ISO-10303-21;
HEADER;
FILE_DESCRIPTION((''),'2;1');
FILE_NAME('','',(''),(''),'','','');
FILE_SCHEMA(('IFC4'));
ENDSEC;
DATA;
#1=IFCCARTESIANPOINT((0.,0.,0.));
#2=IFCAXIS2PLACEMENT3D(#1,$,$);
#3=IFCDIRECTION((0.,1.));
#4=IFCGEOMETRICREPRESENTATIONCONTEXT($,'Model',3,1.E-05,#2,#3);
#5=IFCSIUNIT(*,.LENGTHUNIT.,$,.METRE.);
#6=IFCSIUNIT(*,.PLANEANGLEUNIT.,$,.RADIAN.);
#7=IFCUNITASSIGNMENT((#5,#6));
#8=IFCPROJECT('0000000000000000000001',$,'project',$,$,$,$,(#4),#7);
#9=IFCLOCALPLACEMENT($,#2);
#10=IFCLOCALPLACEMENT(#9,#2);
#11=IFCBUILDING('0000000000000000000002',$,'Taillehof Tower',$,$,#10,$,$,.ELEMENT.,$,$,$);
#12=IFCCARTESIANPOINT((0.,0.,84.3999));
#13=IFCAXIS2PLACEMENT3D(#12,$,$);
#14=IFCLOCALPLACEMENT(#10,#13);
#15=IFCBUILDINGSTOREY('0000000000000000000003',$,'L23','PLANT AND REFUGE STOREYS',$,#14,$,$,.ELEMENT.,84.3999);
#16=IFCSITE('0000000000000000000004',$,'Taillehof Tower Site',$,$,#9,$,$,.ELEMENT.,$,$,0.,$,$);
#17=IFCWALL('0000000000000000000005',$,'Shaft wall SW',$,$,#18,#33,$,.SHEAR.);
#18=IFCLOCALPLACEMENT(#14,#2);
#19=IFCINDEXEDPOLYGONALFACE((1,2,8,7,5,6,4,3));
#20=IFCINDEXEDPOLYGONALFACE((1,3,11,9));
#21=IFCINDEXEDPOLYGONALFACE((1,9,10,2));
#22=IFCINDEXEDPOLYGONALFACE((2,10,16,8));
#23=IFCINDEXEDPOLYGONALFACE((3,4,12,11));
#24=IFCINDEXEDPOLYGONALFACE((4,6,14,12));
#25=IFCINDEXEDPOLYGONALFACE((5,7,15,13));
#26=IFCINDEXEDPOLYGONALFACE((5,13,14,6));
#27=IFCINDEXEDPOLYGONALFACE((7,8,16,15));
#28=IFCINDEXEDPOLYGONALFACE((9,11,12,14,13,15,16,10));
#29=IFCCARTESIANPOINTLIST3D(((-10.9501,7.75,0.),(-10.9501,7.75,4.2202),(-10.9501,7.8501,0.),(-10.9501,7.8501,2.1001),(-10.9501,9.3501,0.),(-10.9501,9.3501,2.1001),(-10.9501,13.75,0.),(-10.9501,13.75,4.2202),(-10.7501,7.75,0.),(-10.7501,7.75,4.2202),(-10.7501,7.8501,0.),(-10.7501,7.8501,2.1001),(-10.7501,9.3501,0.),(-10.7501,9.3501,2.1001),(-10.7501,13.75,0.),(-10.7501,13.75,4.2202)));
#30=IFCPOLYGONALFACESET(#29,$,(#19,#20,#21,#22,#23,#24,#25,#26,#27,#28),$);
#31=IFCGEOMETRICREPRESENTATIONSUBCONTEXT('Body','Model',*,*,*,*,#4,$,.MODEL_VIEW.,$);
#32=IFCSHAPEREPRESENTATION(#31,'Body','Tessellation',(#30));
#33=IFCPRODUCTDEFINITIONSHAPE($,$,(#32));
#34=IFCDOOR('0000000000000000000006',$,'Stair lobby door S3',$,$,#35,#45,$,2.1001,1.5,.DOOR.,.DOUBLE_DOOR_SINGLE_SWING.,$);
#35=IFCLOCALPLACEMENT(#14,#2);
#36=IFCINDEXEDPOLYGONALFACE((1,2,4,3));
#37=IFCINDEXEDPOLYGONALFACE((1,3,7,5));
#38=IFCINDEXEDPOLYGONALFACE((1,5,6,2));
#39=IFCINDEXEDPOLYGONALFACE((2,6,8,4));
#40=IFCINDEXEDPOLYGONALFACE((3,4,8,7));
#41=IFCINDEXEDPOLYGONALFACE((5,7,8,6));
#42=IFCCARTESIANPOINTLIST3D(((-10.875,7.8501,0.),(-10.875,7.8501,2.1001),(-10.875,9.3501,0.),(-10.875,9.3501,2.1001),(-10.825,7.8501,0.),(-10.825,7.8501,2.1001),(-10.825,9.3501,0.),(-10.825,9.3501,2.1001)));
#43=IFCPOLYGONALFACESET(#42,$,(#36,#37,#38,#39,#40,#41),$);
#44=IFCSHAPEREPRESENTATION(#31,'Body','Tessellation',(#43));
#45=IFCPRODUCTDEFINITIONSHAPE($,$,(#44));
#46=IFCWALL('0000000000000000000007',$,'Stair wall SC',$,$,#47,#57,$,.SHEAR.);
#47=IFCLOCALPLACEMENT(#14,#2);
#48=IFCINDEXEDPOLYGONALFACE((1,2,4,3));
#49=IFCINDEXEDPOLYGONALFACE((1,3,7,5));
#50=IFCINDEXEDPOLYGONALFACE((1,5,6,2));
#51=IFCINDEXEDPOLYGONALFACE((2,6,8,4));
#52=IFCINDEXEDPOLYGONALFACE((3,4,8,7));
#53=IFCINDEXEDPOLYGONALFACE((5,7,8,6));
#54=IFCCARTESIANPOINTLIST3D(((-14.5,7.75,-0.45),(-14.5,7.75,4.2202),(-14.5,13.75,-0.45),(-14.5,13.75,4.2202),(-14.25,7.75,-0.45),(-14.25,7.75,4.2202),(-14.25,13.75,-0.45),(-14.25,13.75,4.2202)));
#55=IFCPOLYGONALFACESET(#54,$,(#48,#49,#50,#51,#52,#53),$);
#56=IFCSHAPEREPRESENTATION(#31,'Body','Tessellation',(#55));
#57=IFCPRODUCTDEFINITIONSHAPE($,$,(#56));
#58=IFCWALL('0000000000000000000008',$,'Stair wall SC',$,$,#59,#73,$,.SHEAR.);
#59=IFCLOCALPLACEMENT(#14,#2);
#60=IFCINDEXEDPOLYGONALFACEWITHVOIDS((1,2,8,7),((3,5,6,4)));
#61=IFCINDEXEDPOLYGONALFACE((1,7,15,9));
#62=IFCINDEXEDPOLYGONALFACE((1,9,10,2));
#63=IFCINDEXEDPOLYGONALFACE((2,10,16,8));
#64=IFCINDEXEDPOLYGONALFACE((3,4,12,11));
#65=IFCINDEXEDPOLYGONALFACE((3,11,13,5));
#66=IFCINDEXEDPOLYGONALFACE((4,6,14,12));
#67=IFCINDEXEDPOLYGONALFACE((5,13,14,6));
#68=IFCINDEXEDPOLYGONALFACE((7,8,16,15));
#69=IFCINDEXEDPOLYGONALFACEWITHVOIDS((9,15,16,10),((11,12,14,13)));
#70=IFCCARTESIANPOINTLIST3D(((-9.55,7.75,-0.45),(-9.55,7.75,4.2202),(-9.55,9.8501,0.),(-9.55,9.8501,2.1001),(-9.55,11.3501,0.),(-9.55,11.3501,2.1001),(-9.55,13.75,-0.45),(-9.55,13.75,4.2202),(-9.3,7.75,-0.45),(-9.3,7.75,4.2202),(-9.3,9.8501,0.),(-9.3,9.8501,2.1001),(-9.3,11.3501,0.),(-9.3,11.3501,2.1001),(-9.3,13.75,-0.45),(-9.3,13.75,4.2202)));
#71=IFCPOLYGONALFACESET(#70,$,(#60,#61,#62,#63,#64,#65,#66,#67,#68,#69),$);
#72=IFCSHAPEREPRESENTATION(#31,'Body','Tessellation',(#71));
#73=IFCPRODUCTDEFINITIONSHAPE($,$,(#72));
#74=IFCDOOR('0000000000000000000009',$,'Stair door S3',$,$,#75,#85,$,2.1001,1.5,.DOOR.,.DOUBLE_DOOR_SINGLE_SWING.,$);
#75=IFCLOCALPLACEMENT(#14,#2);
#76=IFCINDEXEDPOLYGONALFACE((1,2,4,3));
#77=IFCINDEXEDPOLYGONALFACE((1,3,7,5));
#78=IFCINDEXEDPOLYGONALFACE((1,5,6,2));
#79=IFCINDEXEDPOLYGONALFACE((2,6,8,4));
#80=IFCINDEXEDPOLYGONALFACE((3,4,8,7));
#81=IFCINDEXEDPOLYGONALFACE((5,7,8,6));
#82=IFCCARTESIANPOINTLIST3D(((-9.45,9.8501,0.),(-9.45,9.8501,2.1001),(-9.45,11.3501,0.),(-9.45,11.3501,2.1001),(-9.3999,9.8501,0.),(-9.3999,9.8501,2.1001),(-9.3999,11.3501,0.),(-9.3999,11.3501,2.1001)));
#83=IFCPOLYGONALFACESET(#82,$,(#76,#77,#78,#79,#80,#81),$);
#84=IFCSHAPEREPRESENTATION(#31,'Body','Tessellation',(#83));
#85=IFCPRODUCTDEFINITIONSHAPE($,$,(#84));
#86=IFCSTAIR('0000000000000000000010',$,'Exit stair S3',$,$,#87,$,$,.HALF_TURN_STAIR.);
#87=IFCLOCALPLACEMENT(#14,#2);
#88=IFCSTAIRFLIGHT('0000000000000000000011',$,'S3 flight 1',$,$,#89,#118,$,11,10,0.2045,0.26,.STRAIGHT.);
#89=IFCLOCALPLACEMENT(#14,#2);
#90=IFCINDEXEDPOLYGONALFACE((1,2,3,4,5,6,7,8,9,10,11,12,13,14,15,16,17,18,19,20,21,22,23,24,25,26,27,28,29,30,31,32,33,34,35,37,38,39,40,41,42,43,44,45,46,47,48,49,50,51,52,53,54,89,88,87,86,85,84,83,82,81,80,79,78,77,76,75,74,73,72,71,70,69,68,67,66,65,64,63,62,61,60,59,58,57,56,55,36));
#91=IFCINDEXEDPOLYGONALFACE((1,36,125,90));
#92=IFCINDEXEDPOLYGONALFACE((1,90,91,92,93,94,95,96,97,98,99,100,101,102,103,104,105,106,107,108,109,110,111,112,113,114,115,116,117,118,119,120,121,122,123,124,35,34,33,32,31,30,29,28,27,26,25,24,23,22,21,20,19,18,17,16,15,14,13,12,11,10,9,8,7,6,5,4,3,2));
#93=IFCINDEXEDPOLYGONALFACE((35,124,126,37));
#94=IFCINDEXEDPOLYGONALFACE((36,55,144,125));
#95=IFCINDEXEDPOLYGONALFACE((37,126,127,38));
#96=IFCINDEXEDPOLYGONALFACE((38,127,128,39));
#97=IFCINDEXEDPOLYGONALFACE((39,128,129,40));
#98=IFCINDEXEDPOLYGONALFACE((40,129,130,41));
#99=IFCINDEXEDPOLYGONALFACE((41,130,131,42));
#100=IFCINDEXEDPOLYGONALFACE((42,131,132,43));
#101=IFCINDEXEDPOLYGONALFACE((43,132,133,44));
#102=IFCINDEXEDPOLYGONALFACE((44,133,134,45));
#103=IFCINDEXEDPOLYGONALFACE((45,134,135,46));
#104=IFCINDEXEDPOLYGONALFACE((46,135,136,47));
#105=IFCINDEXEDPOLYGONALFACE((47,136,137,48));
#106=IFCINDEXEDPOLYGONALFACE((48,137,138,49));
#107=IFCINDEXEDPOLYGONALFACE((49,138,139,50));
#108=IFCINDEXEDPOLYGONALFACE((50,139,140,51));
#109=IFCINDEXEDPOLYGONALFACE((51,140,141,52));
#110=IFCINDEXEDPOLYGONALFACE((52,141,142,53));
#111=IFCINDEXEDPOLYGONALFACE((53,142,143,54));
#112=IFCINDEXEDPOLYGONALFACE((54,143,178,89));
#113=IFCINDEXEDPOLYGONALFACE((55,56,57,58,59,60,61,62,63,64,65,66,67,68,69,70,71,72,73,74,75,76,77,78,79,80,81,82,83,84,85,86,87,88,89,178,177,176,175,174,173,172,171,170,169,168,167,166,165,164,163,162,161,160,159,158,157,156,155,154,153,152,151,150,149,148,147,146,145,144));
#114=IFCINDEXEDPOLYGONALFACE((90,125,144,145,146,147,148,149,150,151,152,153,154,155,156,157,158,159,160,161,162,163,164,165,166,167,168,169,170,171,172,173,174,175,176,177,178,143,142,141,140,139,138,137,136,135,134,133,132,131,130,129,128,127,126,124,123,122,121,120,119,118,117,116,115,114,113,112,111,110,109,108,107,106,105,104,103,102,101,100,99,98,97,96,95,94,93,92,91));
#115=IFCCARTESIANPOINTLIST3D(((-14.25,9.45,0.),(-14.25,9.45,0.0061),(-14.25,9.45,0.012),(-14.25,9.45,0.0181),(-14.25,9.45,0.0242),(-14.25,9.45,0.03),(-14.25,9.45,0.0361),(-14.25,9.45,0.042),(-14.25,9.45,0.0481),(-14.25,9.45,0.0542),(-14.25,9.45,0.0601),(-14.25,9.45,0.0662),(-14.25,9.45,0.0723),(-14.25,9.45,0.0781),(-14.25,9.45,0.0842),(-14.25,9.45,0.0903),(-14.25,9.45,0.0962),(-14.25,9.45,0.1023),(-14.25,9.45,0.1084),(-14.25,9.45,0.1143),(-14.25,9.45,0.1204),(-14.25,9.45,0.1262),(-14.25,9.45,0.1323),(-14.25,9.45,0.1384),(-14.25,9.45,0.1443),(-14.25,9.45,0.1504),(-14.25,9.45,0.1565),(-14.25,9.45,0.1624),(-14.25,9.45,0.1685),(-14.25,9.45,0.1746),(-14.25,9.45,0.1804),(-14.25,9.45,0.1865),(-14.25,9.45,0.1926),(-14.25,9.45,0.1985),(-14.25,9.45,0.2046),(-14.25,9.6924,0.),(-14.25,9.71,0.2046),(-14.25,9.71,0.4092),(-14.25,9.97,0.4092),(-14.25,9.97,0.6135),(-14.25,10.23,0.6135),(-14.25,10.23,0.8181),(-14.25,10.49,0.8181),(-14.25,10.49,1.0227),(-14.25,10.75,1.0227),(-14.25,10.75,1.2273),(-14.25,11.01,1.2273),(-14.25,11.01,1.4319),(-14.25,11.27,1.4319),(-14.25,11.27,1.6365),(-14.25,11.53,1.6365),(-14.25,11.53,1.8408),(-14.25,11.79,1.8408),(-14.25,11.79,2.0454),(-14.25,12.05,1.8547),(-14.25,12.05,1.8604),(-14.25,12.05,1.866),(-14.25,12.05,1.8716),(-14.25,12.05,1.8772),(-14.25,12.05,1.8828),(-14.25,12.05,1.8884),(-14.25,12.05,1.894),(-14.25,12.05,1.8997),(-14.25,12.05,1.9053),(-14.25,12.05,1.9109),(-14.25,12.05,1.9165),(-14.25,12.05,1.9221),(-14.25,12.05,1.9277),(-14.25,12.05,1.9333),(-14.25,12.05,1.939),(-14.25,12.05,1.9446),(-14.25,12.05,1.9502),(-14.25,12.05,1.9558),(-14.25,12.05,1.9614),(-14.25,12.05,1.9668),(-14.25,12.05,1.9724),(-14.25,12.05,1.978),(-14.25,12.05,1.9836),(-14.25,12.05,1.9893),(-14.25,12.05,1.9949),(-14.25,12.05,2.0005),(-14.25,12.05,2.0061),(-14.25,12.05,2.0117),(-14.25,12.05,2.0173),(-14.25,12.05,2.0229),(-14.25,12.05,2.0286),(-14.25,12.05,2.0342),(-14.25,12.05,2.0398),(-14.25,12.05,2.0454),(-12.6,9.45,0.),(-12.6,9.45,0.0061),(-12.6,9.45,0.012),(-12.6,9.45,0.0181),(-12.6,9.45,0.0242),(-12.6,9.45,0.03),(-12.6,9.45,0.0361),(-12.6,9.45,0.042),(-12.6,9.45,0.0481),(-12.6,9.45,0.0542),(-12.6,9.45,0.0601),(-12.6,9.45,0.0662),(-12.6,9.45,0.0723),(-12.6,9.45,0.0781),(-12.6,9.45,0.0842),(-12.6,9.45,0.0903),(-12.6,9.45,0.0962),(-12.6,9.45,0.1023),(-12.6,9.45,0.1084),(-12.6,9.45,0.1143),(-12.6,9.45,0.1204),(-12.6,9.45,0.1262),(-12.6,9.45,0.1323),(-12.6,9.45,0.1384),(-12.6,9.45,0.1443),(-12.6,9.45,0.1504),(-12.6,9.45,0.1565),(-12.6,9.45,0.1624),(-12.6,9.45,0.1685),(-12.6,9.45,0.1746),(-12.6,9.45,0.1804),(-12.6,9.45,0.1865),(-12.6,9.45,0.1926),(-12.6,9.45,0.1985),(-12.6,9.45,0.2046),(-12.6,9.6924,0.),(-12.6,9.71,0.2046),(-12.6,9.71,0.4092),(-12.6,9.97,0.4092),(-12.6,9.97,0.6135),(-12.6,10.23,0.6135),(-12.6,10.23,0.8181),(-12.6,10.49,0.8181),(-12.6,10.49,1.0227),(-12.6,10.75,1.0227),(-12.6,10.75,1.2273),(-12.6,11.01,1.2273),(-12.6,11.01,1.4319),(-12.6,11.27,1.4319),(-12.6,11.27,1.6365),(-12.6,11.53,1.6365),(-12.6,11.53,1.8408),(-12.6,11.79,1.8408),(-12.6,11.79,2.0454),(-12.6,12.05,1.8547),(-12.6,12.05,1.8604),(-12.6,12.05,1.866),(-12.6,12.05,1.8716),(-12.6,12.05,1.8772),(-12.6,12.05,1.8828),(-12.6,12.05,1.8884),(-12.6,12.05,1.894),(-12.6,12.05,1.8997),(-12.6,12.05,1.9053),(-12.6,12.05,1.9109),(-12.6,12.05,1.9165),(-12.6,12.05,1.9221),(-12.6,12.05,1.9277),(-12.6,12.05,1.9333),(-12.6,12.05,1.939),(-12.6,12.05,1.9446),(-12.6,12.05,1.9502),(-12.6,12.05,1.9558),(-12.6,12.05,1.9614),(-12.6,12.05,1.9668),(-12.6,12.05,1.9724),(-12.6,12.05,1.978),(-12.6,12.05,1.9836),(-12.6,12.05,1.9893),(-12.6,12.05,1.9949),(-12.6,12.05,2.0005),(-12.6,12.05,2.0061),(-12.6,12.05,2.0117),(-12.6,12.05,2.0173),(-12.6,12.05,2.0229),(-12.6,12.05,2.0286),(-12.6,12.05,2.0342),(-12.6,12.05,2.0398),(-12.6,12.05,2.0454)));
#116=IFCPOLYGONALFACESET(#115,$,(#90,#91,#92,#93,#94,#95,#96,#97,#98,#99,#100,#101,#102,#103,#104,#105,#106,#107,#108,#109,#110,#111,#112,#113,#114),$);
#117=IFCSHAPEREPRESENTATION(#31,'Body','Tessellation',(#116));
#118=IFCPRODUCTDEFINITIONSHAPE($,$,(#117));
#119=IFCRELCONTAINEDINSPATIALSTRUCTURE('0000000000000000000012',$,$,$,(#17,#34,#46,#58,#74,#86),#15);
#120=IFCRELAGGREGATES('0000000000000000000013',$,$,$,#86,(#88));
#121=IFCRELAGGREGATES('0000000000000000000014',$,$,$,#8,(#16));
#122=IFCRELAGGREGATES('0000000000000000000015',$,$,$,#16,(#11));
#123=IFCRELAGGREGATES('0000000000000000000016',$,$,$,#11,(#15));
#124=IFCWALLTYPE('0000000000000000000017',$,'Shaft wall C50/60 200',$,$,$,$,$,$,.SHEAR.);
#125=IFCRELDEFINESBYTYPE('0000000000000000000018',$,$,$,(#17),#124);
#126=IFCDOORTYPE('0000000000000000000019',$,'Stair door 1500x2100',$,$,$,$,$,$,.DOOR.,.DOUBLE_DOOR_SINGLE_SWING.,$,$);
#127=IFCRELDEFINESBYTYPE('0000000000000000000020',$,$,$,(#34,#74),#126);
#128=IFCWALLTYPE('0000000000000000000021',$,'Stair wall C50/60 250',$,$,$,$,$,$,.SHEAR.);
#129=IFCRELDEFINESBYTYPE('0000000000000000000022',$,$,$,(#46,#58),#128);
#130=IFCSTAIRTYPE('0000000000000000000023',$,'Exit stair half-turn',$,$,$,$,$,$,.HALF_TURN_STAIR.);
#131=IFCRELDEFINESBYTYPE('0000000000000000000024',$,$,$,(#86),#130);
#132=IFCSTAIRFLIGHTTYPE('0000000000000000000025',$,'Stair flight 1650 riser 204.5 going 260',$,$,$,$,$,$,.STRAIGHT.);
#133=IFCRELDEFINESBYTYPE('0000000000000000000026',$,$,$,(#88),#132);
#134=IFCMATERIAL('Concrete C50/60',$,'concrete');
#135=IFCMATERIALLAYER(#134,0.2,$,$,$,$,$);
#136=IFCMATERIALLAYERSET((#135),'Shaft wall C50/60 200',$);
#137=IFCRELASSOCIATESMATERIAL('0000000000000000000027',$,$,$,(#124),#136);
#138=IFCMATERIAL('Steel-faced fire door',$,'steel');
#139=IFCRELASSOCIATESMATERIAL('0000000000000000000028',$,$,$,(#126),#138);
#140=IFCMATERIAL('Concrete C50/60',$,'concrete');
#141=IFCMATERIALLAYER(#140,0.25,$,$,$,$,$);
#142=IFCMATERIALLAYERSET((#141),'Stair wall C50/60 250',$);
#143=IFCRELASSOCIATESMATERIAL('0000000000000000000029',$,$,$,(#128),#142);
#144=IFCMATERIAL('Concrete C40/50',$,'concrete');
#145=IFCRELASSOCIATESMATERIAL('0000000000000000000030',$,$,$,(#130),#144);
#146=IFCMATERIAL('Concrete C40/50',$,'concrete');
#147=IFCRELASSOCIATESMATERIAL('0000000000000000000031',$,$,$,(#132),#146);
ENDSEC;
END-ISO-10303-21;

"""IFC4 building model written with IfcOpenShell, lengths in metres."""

from ifc_helpers import new_model, si_unit, direction, frame, frame_2d, origin, place, context, subcontext, project, spatial, polyline, rectangle, outline, extrude, material, layer, layer_set, type_object, element, fill, aggregate, save


model = new_model("IFC4")

# Units and contexts
model_context = context("Model", 3, precision=1e-05, world=origin(), true_north=direction((0.0, 1.0)))
body_context = subcontext(model_context, "Body", "Model", "MODEL_VIEW")
ifc_project = project(units=[si_unit("LENGTHUNIT", "METRE"), si_unit("PLANEANGLEUNIT", "RADIAN")], contexts=[model_context])

# Site, building, storey
site_placement = place(None, origin())
site = spatial("IfcSite", under=ifc_project, at=site_placement, Name="Taillehof Tower Site", CompositionType="ELEMENT", RefElevation=0.0)
building_placement = place(site_placement, origin())
building = spatial("IfcBuilding", under=site, at=building_placement, Name="Taillehof Tower", CompositionType="ELEMENT")
storey_placement = place(building_placement, frame((0.0, 0.0, 84.3999)))
storey = spatial("IfcBuildingStorey", under=building, at=storey_placement, Name="L23", Description="PLANT AND REFUGE STOREYS", CompositionType="ELEMENT", Elevation=84.3999)

# Wall, opening, door
ifc_material_1 = material(Name="Concrete C50/60", Category="concrete")
ifc_layer_1 = layer(ifc_material_1, 0.2)
ifc_layer_set_1 = layer_set([ifc_layer_1], Name="Shaft wall C50/60 200")
wall_type_1 = type_object("IfcWallType", Name="Shaft wall C50/60 200", PredefinedType="SHEAR", material=ifc_layer_set_1)
wall_1_placement = place(storey_placement, frame((-10.8501, 7.75, 0.0), z_axis=(0.0, 0.0, 1.0), x_axis=(0.0, 1.0, 0.0)))
wall_1 = element("IfcWall", 1, at=wall_1_placement, inside=storey, type_object=wall_type_1, Name="Shaft wall SW", PredefinedType="SHEAR", context=body_context, shape_type="SweptSolid", body=[
    extrude(rectangle(XDim=6.0, YDim=0.2, at=frame_2d((3.0, 0.0))), origin(), (0.0, 0.0, 1.0), 4.2202),
])
opening_1_placement = place(wall_1_placement, frame((0.1001, 0.0, 0.0)))
opening_1 = element("IfcOpeningElement", 2, at=opening_1_placement, cuts=wall_1, PredefinedType="OPENING", context=body_context, shape_type="SweptSolid", body=[
    extrude(rectangle(XDim=1.5, YDim=2.1001, at=frame_2d((0.75, 1.05))), frame((0.0, 0.1099, 0.0), z_axis=(0.0, -1.0, 0.0), x_axis=(1.0, 0.0, 0.0)), (0.0, 0.0, 1.0), 0.22),
])
ifc_material_2 = material(Name="Steel-faced fire door", Category="steel")
door_type_1 = type_object("IfcDoorType", Name="Stair door 1500x2100", OperationType="DOUBLE_DOOR_SINGLE_SWING", PredefinedType="DOOR", material=ifc_material_2)
door_1_placement = place(opening_1_placement, origin())
door_1 = element("IfcDoor", 3, at=door_1_placement, inside=storey, type_object=door_type_1, Name="Stair lobby door S3", OperationType="DOUBLE_DOOR_SINGLE_SWING", OverallHeight=2.1001, OverallWidth=1.5, PredefinedType="DOOR", context=body_context, shape_type="SweptSolid", body=[
    extrude(rectangle(XDim=1.5, YDim=2.1001, at=frame_2d((0.75, 1.05))), frame((0.0, 0.0249, 0.0), z_axis=(0.0, -1.0, 0.0), x_axis=(1.0, 0.0, 0.0)), (0.0, 0.0, 1.0), 0.05),
])
fill(opening_1, door_1)

# Wall
ifc_material_3 = material(Name="Concrete C50/60", Category="concrete")
ifc_layer_2 = layer(ifc_material_3, 0.25)
ifc_layer_set_2 = layer_set([ifc_layer_2], Name="Stair wall C50/60 250")
wall_type_2 = type_object("IfcWallType", Name="Stair wall C50/60 250", PredefinedType="SHEAR", material=ifc_layer_set_2)
wall_2_placement = place(storey_placement, frame((-14.375, 7.75, -0.45), z_axis=(0.0, 0.0, 1.0), x_axis=(0.0, 1.0, 0.0)))
element("IfcWall", 4, at=wall_2_placement, inside=storey, type_object=wall_type_2, Name="Stair wall SC", PredefinedType="SHEAR", context=body_context, shape_type="SweptSolid", body=[
    extrude(rectangle(XDim=6.0, YDim=0.25, at=frame_2d((3.0, 0.0))), origin(), (0.0, 0.0, 1.0), 4.6702),
])

# Wall, opening, door
wall_3_placement = place(storey_placement, frame((-9.425, 7.75, -0.45), z_axis=(0.0, 0.0, 1.0), x_axis=(0.0, 1.0, 0.0)))
wall_3 = element("IfcWall", 5, at=wall_3_placement, inside=storey, type_object=wall_type_2, Name="Stair wall SC", PredefinedType="SHEAR", context=body_context, shape_type="SweptSolid", body=[
    extrude(rectangle(XDim=6.0, YDim=0.25, at=frame_2d((3.0, 0.0))), origin(), (0.0, 0.0, 1.0), 4.6702),
])
opening_2_placement = place(wall_3_placement, frame((2.1001, 0.0, 0.45)))
opening_2 = element("IfcOpeningElement", 6, at=opening_2_placement, cuts=wall_3, PredefinedType="OPENING", context=body_context, shape_type="SweptSolid", body=[
    extrude(rectangle(XDim=1.5, YDim=2.1001, at=frame_2d((0.75, 1.05))), frame((0.0, 0.135, 0.0), z_axis=(0.0, -1.0, 0.0), x_axis=(1.0, 0.0, 0.0)), (0.0, 0.0, 1.0), 0.27),
])
door_2_placement = place(opening_2_placement, origin())
door_2 = element("IfcDoor", 7, at=door_2_placement, inside=storey, type_object=door_type_1, Name="Stair door S3", OperationType="DOUBLE_DOOR_SINGLE_SWING", OverallHeight=2.1001, OverallWidth=1.5, PredefinedType="DOOR", context=body_context, shape_type="SweptSolid", body=[
    extrude(rectangle(XDim=1.5, YDim=2.1001, at=frame_2d((0.75, 1.05))), frame((0.0, 0.0249, 0.0), z_axis=(0.0, -1.0, 0.0), x_axis=(1.0, 0.0, 0.0)), (0.0, 0.0, 1.0), 0.05),
])
fill(opening_2, door_2)

# Stair, stair flight
ifc_material_4 = material(Name="Concrete C40/50", Category="concrete")
stair_type = type_object("IfcStairType", Name="Exit stair half-turn", PredefinedType="HALF_TURN_STAIR", material=ifc_material_4)
stair_placement = place(storey_placement, origin())
stair = element("IfcStair", 8, at=stair_placement, inside=storey, type_object=stair_type, Name="Exit stair S3", PredefinedType="HALF_TURN_STAIR")
ifc_material_5 = material(Name="Concrete C40/50", Category="concrete")
stair_flight_type = type_object("IfcStairFlightType", Name="Stair flight 1650 riser 204.5 going 260", PredefinedType="STRAIGHT", material=ifc_material_5)
stair_flight_1_placement = place(storey_placement, frame((-13.425, 9.45, 0.0), z_axis=(0.0, 0.0, 1.0), x_axis=(0.0, 1.0, 0.0)))
stair_flight_1 = element("IfcStairFlight", 9, at=stair_flight_1_placement, type_object=stair_flight_type, Name="S3 flight 1", NumberOfRisers=11, NumberOfTreads=10, PredefinedType="STRAIGHT", RiserHeight=0.2045, TreadLength=0.26, context=body_context, shape_type="SweptSolid", body=[
    extrude(outline(polyline([(0.0, 0.0), (0.0, 0.0061), (0.0, 0.012), (0.0, 0.0181), (0.0, 0.0242), (0.0, 0.03), (0.0, 0.0361), (0.0, 0.042), (0.0, 0.0481), (0.0, 0.0542), (0.0, 0.0601), (0.0, 0.0662), (0.0, 0.0723), (0.0, 0.0781), (0.0, 0.0842), (0.0, 0.0903), (0.0, 0.0962), (0.0, 0.1023), (0.0, 0.1084), (0.0, 0.1143), (0.0, 0.1204), (0.0, 0.1262), (0.0, 0.1323), (0.0, 0.1384), (0.0, 0.1443), (0.0, 0.1504), (0.0, 0.1565), (0.0, 0.1624), (0.0, 0.1685), (0.0, 0.1746), (0.0, 0.1804), (0.0, 0.1865), (0.0, 0.1926), (0.0, 0.1985), (0.0, 0.2046), (0.26, 0.2046), (0.26, 0.4092), (0.52, 0.4092), (0.52, 0.6135), (0.78, 0.6135), (0.78, 0.8181), (1.04, 0.8181), (1.04, 1.0227), (1.3, 1.0227), (1.3, 1.2273), (1.5601, 1.2273), (1.5601, 1.4319), (1.8201, 1.4319), (1.8201, 1.6365), (2.0801, 1.6365), (2.0801, 1.8408), (2.3401, 1.8408), (2.3401, 2.0454), (2.6001, 2.0454), (2.6001, 2.0398), (2.6001, 2.0342), (2.6001, 2.0286), (2.6001, 2.0229), (2.6001, 2.0173), (2.6001, 2.0117), (2.6001, 2.0061), (2.6001, 2.0005), (2.6001, 1.9949), (2.6001, 1.9893), (2.6001, 1.9836), (2.6001, 1.978), (2.6001, 1.9724), (2.6001, 1.9668), (2.6001, 1.9614), (2.6001, 1.9558), (2.6001, 1.9502), (2.6001, 1.9446), (2.6001, 1.939), (2.6001, 1.9333), (2.6001, 1.9277), (2.6001, 1.9221), (2.6001, 1.9165), (2.6001, 1.9109), (2.6001, 1.9053), (2.6001, 1.8997), (2.6001, 1.894), (2.6001, 1.8884), (2.6001, 1.8828), (2.6001, 1.8772), (2.6001, 1.8716), (2.6001, 1.866), (2.6001, 1.8604), (2.6001, 1.8547), (0.2424, 0.0), (0.0, 0.0)])), frame((0.0, 0.825, 0.0), z_axis=(0.0, -1.0, 0.0), x_axis=(1.0, 0.0, 0.0)), (0.0, 0.0, 1.0), 1.65),
])
aggregate(stair, [stair_flight_1])

save(model, "model.ifc")
